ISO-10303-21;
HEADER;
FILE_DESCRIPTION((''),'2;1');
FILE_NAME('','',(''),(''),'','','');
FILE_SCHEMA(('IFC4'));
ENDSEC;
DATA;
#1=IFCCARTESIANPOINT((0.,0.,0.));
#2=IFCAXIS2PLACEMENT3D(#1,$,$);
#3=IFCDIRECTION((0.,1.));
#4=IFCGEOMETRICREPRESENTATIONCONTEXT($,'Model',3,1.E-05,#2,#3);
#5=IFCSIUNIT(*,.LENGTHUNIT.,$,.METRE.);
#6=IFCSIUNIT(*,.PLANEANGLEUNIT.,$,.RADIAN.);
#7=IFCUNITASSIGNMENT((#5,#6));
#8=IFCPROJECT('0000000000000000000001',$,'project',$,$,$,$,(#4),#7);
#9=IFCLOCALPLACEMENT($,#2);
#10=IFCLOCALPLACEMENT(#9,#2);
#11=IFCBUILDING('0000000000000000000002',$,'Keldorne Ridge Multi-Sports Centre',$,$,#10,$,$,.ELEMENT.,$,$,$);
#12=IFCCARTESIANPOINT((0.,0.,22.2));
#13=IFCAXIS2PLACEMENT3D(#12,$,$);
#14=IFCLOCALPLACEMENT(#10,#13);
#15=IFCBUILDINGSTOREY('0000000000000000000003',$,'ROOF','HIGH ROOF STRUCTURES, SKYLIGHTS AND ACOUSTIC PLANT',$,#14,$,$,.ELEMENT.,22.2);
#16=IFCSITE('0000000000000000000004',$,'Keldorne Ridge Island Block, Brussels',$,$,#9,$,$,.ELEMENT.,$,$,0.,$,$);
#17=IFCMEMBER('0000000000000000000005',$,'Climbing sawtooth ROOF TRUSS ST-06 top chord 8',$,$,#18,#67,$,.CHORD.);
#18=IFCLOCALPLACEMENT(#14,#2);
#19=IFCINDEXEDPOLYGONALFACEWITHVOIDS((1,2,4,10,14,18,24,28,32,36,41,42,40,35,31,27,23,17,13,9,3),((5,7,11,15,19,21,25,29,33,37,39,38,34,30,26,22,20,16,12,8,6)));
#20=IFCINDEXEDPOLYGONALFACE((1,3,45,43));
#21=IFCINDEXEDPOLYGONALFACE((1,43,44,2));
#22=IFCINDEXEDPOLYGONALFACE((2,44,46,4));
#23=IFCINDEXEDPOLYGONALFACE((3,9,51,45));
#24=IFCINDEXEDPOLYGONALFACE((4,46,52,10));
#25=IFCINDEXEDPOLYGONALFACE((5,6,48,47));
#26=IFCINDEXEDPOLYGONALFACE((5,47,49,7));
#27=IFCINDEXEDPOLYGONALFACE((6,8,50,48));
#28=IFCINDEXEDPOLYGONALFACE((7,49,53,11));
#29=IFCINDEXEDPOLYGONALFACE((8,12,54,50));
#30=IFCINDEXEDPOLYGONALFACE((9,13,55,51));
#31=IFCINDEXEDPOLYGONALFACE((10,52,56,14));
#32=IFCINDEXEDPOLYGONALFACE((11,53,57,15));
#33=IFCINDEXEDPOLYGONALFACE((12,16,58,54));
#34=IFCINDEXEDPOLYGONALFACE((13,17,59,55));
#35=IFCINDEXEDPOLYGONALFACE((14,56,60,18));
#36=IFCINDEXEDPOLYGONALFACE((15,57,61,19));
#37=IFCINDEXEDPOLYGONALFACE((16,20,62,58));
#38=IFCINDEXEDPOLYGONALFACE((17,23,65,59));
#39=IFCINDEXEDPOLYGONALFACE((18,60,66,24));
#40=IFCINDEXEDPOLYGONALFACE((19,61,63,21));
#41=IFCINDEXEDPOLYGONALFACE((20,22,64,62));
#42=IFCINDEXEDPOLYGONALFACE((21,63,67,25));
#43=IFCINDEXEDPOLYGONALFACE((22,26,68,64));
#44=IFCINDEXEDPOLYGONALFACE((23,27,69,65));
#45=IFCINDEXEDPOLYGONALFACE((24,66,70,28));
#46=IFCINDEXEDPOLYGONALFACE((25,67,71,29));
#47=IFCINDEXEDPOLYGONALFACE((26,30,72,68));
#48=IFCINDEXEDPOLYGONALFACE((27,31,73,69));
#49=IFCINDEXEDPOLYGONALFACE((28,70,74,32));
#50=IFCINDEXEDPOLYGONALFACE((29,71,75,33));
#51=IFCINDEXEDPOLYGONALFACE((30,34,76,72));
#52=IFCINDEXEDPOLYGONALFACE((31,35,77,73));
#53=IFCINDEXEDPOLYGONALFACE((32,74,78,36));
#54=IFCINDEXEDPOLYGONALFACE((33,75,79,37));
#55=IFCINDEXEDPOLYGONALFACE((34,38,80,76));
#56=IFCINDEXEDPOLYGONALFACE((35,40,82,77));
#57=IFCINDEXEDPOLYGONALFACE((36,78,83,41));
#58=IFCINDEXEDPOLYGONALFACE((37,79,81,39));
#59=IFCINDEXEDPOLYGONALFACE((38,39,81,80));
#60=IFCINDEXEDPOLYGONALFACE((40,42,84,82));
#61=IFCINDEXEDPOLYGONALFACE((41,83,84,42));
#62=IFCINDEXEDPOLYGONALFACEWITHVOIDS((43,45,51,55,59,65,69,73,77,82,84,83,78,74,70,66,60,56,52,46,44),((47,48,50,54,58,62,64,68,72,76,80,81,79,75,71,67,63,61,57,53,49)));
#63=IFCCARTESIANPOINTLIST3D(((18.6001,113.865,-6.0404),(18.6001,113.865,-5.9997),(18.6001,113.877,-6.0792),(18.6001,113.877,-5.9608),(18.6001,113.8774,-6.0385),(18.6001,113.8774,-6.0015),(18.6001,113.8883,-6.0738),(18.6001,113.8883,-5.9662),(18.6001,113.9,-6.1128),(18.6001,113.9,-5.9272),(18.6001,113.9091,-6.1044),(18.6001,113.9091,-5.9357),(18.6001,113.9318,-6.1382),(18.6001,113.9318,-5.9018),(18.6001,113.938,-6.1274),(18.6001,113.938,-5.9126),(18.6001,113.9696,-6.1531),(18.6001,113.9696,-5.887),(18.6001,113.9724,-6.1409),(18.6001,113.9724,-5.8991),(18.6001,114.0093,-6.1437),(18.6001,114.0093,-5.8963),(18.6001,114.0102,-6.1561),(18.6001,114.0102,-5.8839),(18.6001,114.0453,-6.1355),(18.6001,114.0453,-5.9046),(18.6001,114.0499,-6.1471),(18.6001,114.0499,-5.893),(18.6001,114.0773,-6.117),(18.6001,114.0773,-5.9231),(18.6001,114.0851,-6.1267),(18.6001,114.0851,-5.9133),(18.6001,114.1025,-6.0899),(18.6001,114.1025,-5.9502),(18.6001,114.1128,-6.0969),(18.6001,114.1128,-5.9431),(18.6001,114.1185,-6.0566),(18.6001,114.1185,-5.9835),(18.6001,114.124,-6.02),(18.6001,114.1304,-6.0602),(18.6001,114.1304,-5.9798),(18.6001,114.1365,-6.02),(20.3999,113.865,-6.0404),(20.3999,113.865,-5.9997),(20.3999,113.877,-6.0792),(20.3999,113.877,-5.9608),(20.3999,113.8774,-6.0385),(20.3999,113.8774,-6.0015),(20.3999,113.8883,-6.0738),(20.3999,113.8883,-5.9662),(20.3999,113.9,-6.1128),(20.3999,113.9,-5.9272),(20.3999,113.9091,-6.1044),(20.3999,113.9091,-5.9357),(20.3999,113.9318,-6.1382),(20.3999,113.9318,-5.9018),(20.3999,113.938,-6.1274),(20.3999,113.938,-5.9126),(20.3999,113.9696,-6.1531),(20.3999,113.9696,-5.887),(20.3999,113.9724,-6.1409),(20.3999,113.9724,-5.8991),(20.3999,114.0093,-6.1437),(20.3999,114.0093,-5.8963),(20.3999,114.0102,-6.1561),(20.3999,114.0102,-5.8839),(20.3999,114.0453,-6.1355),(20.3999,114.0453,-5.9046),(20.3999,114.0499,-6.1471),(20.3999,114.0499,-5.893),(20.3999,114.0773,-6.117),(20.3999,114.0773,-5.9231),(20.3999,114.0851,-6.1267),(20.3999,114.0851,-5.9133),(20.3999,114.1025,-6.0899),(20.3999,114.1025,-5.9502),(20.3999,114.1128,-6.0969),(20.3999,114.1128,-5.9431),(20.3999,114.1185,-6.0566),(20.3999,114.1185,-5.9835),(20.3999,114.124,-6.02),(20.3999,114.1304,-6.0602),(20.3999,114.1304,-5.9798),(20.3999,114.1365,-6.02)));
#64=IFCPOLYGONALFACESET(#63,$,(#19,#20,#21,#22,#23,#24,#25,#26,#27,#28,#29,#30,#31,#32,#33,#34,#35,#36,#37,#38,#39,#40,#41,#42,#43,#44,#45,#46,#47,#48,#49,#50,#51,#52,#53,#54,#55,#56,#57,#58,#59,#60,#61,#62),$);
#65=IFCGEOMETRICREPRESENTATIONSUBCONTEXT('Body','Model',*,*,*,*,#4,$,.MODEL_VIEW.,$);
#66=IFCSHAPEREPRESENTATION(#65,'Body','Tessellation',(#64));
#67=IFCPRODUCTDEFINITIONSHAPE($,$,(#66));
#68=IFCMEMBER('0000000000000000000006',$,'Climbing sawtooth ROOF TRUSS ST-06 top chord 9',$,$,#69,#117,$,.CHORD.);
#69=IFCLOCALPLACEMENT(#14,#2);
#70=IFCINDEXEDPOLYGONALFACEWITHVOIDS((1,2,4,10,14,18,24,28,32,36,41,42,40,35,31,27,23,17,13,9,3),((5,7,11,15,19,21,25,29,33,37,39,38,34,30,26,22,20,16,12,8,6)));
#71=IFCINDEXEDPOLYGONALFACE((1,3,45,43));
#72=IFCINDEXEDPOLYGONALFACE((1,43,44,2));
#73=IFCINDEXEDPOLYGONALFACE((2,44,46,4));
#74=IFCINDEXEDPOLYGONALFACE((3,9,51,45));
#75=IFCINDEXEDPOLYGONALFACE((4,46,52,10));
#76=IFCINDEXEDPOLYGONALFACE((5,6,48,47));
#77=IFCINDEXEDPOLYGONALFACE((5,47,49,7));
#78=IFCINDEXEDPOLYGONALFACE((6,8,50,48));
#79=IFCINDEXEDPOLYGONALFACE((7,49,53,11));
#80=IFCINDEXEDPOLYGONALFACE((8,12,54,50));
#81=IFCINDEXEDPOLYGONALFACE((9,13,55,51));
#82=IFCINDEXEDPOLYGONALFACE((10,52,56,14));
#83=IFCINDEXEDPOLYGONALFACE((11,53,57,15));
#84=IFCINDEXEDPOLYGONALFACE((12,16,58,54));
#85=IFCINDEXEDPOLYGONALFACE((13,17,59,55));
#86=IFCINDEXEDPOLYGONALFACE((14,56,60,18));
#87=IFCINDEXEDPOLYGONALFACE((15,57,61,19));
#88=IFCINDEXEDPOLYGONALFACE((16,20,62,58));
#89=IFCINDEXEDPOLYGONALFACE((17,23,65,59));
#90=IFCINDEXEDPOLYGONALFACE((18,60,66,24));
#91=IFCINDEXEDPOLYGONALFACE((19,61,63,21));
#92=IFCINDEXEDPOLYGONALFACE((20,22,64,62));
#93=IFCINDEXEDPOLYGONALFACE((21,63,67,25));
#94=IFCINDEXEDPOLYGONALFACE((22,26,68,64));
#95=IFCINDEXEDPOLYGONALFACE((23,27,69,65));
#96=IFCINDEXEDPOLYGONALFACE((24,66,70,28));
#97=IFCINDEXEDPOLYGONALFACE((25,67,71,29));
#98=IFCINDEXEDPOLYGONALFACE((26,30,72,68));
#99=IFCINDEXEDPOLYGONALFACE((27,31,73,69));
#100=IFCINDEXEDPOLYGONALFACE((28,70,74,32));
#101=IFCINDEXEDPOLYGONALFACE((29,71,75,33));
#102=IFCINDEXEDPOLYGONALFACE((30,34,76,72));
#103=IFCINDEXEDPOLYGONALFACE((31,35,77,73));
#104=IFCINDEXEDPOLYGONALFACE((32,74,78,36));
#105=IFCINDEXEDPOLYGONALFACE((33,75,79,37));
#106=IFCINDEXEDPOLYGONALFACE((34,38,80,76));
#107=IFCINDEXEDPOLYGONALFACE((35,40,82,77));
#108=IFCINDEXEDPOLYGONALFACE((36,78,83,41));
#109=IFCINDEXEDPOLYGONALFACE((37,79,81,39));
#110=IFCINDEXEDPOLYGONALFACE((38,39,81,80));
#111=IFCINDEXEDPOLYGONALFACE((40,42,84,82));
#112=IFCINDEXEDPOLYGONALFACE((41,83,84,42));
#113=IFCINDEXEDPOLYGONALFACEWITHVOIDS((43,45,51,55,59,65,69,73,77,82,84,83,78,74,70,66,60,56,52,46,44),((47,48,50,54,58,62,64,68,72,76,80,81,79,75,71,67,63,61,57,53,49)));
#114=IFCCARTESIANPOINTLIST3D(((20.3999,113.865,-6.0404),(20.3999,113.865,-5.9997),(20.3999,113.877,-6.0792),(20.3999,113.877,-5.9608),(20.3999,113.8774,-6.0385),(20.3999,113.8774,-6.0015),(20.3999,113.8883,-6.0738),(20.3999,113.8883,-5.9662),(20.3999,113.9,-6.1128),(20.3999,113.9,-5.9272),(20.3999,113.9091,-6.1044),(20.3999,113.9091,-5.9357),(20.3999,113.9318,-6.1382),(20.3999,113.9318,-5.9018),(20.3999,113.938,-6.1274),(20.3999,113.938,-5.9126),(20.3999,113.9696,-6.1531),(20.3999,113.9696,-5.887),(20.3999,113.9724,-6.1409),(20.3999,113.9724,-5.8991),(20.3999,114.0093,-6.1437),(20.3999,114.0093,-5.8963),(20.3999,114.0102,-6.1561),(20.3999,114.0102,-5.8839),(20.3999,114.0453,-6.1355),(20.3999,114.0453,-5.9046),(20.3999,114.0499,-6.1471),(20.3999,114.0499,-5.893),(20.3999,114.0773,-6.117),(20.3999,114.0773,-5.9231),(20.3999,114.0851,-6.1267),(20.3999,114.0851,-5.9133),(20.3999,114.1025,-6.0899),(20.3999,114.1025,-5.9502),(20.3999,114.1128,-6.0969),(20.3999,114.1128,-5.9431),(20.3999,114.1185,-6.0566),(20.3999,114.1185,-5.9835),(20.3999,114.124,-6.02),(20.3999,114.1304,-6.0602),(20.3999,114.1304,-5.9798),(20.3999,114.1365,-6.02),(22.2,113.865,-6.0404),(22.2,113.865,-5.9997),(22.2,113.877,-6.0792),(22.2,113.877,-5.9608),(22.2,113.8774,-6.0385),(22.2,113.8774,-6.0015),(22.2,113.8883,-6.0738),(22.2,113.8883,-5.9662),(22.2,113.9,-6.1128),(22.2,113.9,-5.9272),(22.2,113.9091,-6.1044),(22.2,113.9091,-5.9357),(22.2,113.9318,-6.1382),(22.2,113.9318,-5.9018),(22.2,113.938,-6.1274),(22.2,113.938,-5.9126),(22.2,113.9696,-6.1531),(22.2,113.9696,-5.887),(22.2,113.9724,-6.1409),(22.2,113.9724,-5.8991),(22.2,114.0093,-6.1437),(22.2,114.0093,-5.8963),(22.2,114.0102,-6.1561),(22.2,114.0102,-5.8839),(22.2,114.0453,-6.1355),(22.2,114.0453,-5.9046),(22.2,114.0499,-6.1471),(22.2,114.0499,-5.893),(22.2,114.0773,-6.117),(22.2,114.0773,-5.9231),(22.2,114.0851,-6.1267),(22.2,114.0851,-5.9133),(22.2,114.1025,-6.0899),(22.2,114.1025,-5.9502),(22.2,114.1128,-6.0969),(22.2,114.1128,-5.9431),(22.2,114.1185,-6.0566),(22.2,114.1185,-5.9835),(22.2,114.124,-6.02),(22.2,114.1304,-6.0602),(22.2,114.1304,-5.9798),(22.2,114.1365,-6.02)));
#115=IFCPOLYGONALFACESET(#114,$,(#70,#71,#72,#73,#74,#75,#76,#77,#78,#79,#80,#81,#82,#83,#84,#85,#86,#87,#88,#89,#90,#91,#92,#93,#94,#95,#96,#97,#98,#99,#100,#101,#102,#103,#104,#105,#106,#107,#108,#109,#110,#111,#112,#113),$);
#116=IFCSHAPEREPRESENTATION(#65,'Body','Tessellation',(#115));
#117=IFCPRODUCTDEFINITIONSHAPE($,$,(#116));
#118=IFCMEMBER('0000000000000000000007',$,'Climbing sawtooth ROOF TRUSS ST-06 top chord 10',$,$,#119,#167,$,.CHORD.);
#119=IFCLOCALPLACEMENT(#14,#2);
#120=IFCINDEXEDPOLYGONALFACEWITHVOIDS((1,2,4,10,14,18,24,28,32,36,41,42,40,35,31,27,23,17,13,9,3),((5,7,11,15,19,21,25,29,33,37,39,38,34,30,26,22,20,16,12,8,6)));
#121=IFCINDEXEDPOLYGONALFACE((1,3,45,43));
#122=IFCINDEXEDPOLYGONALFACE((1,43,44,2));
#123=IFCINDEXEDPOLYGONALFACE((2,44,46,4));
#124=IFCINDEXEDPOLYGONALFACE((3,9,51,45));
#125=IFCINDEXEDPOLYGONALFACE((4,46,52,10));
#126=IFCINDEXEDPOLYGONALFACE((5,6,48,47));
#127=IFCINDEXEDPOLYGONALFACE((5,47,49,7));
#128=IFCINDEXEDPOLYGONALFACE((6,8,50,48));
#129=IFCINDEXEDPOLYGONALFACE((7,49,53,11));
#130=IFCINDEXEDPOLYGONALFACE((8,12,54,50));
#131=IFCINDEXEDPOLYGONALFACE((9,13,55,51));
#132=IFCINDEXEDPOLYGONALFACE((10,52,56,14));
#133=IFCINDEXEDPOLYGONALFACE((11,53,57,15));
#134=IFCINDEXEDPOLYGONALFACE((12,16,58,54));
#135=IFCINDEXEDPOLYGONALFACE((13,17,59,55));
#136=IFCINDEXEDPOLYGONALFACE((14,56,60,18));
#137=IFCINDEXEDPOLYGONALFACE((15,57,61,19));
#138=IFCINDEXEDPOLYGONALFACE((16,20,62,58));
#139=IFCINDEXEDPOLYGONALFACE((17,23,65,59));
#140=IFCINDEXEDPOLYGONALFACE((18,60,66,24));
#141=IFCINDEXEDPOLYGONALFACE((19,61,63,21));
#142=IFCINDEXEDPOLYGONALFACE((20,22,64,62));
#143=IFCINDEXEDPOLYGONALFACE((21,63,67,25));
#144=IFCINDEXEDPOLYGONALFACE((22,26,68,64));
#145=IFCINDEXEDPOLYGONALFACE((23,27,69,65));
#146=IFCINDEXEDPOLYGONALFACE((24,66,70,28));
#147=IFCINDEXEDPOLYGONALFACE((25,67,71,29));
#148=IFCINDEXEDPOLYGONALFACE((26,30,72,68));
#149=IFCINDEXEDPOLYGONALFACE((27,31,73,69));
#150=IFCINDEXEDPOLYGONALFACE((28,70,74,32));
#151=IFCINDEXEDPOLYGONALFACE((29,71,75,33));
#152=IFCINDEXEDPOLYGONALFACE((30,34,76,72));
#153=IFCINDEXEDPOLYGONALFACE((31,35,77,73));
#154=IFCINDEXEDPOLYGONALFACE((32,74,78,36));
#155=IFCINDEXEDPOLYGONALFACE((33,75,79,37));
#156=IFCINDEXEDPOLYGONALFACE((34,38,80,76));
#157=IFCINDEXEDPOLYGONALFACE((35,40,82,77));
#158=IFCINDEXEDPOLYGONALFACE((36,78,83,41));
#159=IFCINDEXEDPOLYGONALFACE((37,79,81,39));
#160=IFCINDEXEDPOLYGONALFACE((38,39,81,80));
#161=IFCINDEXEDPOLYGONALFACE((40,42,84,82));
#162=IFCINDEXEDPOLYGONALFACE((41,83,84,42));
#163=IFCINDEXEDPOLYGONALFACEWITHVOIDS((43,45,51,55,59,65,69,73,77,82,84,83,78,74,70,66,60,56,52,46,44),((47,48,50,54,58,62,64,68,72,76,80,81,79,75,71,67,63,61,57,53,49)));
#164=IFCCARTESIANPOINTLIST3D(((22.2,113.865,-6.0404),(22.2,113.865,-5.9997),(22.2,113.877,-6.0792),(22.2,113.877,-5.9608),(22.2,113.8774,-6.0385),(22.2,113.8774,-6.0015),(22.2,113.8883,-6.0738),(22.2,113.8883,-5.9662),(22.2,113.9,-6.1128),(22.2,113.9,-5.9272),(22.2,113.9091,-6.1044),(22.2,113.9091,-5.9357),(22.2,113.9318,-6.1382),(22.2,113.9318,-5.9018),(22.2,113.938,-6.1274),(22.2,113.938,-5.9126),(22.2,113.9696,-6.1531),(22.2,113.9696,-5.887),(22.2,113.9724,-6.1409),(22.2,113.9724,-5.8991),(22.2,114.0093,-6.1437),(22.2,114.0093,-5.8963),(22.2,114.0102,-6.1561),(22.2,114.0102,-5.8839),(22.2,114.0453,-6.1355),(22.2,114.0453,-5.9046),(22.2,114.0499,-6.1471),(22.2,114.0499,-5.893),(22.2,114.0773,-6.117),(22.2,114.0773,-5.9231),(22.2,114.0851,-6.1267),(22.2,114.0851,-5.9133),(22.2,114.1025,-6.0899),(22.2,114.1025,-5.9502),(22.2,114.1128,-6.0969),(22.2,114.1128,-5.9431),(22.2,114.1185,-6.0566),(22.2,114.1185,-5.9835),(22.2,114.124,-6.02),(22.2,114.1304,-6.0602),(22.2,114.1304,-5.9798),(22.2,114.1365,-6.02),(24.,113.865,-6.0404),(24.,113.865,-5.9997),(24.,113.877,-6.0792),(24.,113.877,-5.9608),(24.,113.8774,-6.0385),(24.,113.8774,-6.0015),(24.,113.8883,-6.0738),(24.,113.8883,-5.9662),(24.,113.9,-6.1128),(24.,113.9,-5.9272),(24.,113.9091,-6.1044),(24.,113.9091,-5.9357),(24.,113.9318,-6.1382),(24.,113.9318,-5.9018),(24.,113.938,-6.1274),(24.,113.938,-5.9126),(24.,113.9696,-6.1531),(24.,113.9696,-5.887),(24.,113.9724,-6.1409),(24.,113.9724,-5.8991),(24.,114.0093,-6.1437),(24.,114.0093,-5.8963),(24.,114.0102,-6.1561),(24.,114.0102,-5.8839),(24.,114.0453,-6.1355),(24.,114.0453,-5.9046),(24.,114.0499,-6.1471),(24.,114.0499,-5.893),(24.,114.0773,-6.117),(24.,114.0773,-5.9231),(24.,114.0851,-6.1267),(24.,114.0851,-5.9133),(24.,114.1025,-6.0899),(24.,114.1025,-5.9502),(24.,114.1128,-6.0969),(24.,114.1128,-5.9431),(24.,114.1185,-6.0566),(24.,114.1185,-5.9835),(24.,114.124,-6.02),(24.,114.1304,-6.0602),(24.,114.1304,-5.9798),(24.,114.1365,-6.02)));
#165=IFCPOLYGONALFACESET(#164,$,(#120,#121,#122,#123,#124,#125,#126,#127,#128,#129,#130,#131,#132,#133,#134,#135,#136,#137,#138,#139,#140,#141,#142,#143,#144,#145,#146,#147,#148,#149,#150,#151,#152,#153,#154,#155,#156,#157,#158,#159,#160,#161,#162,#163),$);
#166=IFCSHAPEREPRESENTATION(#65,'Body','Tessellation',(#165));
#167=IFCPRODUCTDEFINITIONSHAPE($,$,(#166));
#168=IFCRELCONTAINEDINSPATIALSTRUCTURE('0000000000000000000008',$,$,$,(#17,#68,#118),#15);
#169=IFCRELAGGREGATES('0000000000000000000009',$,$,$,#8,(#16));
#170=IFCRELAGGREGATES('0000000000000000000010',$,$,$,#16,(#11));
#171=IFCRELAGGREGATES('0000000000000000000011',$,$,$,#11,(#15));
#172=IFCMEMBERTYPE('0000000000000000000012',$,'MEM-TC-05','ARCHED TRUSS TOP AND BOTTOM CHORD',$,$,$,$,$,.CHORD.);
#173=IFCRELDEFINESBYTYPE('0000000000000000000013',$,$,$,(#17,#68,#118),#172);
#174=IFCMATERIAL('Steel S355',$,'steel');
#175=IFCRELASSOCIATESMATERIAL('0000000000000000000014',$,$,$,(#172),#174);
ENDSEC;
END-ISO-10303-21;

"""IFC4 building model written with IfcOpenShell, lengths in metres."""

from ifc_helpers import new_model, si_unit, direction, frame, origin, origin_2d, place, context, subcontext, project, spatial, hollow_circle, extrude, material, material_profile, profile_set, type_object, element, save


model = new_model("IFC4")

# Units and contexts
model_context = context("Model", 3, precision=1e-05, world=origin(), true_north=direction((0.0, 1.0)))
body_context = subcontext(model_context, "Body", "Model", "MODEL_VIEW")
ifc_project = project(units=[si_unit("LENGTHUNIT", "METRE"), si_unit("PLANEANGLEUNIT", "RADIAN")], contexts=[model_context])

# Site, building, storey
site_placement = place(None, origin())
site = spatial("IfcSite", under=ifc_project, at=site_placement, Name="Keldorne Ridge Island Block, Brussels", CompositionType="ELEMENT", RefElevation=0.0)
building_placement = place(site_placement, origin())
building = spatial("IfcBuilding", under=site, at=building_placement, Name="Keldorne Ridge Multi-Sports Centre", CompositionType="ELEMENT")
storey_placement = place(building_placement, frame((0.0, 0.0, 22.2)))
storey = spatial("IfcBuildingStorey", under=building, at=storey_placement, Name="ROOF", Description="HIGH ROOF STRUCTURES, SKYLIGHTS AND ACOUSTIC PLANT", CompositionType="ELEMENT", Elevation=22.2)

# Shared definitions
ifc_material_1 = material(Name="Steel S355", Category="steel")

# Members
ifc_material_profile_1 = material_profile(ifc_material_1, hollow_circle(Radius=0.1365, WallThickness=0.0125, at=origin_2d()), Name="CHS 273x12.5")
ifc_profile_set_1 = profile_set([ifc_material_profile_1], Name="Steel S355")
member_type_1 = type_object("IfcMemberType", Name="MEM-TC-05", Description="ARCHED TRUSS TOP AND BOTTOM CHORD", PredefinedType="CHORD", material=ifc_profile_set_1)
member_1_placement = place(storey_placement, frame((18.6001, 114.0, -6.02), z_axis=(1.0, 0.0, 0.0), x_axis=(0.0, 1.0, 0.0)))
element("IfcMember", 1, at=member_1_placement, inside=storey, type_object=member_type_1, Name="Climbing sawtooth ROOF TRUSS ST-06 top chord 8", PredefinedType="CHORD", context=body_context, shape_type="SweptSolid", body=[
    extrude(hollow_circle(Radius=0.1365, WallThickness=0.0125, at=origin_2d()), origin(), (0.0, 0.0, 1.0), 1.7998),
])
for number, where, z_axis, x_axis, name in (
    (2, (20.3999, 114.0, -6.02), (1.0, 0.0, 0.0), (0.0, 1.0, 0.0), "Climbing sawtooth ROOF TRUSS ST-06 top chord 9"),
    (3, (22.2, 114.0, -6.02), (1.0, 0.0, 0.0), (0.0, 1.0, 0.0), "Climbing sawtooth ROOF TRUSS ST-06 top chord 10"),
):
    element("IfcMember", number, at=place(storey_placement, frame(where, z_axis=z_axis, x_axis=x_axis)), inside=storey, type_object=member_type_1, Name=name, PredefinedType="CHORD", context=body_context, shape_type="SweptSolid", body=[
        extrude(hollow_circle(Radius=0.1365, WallThickness=0.0125, at=origin_2d()), origin(), (0.0, 0.0, 1.0), 1.8),
    ])

save(model, "model.ifc")
